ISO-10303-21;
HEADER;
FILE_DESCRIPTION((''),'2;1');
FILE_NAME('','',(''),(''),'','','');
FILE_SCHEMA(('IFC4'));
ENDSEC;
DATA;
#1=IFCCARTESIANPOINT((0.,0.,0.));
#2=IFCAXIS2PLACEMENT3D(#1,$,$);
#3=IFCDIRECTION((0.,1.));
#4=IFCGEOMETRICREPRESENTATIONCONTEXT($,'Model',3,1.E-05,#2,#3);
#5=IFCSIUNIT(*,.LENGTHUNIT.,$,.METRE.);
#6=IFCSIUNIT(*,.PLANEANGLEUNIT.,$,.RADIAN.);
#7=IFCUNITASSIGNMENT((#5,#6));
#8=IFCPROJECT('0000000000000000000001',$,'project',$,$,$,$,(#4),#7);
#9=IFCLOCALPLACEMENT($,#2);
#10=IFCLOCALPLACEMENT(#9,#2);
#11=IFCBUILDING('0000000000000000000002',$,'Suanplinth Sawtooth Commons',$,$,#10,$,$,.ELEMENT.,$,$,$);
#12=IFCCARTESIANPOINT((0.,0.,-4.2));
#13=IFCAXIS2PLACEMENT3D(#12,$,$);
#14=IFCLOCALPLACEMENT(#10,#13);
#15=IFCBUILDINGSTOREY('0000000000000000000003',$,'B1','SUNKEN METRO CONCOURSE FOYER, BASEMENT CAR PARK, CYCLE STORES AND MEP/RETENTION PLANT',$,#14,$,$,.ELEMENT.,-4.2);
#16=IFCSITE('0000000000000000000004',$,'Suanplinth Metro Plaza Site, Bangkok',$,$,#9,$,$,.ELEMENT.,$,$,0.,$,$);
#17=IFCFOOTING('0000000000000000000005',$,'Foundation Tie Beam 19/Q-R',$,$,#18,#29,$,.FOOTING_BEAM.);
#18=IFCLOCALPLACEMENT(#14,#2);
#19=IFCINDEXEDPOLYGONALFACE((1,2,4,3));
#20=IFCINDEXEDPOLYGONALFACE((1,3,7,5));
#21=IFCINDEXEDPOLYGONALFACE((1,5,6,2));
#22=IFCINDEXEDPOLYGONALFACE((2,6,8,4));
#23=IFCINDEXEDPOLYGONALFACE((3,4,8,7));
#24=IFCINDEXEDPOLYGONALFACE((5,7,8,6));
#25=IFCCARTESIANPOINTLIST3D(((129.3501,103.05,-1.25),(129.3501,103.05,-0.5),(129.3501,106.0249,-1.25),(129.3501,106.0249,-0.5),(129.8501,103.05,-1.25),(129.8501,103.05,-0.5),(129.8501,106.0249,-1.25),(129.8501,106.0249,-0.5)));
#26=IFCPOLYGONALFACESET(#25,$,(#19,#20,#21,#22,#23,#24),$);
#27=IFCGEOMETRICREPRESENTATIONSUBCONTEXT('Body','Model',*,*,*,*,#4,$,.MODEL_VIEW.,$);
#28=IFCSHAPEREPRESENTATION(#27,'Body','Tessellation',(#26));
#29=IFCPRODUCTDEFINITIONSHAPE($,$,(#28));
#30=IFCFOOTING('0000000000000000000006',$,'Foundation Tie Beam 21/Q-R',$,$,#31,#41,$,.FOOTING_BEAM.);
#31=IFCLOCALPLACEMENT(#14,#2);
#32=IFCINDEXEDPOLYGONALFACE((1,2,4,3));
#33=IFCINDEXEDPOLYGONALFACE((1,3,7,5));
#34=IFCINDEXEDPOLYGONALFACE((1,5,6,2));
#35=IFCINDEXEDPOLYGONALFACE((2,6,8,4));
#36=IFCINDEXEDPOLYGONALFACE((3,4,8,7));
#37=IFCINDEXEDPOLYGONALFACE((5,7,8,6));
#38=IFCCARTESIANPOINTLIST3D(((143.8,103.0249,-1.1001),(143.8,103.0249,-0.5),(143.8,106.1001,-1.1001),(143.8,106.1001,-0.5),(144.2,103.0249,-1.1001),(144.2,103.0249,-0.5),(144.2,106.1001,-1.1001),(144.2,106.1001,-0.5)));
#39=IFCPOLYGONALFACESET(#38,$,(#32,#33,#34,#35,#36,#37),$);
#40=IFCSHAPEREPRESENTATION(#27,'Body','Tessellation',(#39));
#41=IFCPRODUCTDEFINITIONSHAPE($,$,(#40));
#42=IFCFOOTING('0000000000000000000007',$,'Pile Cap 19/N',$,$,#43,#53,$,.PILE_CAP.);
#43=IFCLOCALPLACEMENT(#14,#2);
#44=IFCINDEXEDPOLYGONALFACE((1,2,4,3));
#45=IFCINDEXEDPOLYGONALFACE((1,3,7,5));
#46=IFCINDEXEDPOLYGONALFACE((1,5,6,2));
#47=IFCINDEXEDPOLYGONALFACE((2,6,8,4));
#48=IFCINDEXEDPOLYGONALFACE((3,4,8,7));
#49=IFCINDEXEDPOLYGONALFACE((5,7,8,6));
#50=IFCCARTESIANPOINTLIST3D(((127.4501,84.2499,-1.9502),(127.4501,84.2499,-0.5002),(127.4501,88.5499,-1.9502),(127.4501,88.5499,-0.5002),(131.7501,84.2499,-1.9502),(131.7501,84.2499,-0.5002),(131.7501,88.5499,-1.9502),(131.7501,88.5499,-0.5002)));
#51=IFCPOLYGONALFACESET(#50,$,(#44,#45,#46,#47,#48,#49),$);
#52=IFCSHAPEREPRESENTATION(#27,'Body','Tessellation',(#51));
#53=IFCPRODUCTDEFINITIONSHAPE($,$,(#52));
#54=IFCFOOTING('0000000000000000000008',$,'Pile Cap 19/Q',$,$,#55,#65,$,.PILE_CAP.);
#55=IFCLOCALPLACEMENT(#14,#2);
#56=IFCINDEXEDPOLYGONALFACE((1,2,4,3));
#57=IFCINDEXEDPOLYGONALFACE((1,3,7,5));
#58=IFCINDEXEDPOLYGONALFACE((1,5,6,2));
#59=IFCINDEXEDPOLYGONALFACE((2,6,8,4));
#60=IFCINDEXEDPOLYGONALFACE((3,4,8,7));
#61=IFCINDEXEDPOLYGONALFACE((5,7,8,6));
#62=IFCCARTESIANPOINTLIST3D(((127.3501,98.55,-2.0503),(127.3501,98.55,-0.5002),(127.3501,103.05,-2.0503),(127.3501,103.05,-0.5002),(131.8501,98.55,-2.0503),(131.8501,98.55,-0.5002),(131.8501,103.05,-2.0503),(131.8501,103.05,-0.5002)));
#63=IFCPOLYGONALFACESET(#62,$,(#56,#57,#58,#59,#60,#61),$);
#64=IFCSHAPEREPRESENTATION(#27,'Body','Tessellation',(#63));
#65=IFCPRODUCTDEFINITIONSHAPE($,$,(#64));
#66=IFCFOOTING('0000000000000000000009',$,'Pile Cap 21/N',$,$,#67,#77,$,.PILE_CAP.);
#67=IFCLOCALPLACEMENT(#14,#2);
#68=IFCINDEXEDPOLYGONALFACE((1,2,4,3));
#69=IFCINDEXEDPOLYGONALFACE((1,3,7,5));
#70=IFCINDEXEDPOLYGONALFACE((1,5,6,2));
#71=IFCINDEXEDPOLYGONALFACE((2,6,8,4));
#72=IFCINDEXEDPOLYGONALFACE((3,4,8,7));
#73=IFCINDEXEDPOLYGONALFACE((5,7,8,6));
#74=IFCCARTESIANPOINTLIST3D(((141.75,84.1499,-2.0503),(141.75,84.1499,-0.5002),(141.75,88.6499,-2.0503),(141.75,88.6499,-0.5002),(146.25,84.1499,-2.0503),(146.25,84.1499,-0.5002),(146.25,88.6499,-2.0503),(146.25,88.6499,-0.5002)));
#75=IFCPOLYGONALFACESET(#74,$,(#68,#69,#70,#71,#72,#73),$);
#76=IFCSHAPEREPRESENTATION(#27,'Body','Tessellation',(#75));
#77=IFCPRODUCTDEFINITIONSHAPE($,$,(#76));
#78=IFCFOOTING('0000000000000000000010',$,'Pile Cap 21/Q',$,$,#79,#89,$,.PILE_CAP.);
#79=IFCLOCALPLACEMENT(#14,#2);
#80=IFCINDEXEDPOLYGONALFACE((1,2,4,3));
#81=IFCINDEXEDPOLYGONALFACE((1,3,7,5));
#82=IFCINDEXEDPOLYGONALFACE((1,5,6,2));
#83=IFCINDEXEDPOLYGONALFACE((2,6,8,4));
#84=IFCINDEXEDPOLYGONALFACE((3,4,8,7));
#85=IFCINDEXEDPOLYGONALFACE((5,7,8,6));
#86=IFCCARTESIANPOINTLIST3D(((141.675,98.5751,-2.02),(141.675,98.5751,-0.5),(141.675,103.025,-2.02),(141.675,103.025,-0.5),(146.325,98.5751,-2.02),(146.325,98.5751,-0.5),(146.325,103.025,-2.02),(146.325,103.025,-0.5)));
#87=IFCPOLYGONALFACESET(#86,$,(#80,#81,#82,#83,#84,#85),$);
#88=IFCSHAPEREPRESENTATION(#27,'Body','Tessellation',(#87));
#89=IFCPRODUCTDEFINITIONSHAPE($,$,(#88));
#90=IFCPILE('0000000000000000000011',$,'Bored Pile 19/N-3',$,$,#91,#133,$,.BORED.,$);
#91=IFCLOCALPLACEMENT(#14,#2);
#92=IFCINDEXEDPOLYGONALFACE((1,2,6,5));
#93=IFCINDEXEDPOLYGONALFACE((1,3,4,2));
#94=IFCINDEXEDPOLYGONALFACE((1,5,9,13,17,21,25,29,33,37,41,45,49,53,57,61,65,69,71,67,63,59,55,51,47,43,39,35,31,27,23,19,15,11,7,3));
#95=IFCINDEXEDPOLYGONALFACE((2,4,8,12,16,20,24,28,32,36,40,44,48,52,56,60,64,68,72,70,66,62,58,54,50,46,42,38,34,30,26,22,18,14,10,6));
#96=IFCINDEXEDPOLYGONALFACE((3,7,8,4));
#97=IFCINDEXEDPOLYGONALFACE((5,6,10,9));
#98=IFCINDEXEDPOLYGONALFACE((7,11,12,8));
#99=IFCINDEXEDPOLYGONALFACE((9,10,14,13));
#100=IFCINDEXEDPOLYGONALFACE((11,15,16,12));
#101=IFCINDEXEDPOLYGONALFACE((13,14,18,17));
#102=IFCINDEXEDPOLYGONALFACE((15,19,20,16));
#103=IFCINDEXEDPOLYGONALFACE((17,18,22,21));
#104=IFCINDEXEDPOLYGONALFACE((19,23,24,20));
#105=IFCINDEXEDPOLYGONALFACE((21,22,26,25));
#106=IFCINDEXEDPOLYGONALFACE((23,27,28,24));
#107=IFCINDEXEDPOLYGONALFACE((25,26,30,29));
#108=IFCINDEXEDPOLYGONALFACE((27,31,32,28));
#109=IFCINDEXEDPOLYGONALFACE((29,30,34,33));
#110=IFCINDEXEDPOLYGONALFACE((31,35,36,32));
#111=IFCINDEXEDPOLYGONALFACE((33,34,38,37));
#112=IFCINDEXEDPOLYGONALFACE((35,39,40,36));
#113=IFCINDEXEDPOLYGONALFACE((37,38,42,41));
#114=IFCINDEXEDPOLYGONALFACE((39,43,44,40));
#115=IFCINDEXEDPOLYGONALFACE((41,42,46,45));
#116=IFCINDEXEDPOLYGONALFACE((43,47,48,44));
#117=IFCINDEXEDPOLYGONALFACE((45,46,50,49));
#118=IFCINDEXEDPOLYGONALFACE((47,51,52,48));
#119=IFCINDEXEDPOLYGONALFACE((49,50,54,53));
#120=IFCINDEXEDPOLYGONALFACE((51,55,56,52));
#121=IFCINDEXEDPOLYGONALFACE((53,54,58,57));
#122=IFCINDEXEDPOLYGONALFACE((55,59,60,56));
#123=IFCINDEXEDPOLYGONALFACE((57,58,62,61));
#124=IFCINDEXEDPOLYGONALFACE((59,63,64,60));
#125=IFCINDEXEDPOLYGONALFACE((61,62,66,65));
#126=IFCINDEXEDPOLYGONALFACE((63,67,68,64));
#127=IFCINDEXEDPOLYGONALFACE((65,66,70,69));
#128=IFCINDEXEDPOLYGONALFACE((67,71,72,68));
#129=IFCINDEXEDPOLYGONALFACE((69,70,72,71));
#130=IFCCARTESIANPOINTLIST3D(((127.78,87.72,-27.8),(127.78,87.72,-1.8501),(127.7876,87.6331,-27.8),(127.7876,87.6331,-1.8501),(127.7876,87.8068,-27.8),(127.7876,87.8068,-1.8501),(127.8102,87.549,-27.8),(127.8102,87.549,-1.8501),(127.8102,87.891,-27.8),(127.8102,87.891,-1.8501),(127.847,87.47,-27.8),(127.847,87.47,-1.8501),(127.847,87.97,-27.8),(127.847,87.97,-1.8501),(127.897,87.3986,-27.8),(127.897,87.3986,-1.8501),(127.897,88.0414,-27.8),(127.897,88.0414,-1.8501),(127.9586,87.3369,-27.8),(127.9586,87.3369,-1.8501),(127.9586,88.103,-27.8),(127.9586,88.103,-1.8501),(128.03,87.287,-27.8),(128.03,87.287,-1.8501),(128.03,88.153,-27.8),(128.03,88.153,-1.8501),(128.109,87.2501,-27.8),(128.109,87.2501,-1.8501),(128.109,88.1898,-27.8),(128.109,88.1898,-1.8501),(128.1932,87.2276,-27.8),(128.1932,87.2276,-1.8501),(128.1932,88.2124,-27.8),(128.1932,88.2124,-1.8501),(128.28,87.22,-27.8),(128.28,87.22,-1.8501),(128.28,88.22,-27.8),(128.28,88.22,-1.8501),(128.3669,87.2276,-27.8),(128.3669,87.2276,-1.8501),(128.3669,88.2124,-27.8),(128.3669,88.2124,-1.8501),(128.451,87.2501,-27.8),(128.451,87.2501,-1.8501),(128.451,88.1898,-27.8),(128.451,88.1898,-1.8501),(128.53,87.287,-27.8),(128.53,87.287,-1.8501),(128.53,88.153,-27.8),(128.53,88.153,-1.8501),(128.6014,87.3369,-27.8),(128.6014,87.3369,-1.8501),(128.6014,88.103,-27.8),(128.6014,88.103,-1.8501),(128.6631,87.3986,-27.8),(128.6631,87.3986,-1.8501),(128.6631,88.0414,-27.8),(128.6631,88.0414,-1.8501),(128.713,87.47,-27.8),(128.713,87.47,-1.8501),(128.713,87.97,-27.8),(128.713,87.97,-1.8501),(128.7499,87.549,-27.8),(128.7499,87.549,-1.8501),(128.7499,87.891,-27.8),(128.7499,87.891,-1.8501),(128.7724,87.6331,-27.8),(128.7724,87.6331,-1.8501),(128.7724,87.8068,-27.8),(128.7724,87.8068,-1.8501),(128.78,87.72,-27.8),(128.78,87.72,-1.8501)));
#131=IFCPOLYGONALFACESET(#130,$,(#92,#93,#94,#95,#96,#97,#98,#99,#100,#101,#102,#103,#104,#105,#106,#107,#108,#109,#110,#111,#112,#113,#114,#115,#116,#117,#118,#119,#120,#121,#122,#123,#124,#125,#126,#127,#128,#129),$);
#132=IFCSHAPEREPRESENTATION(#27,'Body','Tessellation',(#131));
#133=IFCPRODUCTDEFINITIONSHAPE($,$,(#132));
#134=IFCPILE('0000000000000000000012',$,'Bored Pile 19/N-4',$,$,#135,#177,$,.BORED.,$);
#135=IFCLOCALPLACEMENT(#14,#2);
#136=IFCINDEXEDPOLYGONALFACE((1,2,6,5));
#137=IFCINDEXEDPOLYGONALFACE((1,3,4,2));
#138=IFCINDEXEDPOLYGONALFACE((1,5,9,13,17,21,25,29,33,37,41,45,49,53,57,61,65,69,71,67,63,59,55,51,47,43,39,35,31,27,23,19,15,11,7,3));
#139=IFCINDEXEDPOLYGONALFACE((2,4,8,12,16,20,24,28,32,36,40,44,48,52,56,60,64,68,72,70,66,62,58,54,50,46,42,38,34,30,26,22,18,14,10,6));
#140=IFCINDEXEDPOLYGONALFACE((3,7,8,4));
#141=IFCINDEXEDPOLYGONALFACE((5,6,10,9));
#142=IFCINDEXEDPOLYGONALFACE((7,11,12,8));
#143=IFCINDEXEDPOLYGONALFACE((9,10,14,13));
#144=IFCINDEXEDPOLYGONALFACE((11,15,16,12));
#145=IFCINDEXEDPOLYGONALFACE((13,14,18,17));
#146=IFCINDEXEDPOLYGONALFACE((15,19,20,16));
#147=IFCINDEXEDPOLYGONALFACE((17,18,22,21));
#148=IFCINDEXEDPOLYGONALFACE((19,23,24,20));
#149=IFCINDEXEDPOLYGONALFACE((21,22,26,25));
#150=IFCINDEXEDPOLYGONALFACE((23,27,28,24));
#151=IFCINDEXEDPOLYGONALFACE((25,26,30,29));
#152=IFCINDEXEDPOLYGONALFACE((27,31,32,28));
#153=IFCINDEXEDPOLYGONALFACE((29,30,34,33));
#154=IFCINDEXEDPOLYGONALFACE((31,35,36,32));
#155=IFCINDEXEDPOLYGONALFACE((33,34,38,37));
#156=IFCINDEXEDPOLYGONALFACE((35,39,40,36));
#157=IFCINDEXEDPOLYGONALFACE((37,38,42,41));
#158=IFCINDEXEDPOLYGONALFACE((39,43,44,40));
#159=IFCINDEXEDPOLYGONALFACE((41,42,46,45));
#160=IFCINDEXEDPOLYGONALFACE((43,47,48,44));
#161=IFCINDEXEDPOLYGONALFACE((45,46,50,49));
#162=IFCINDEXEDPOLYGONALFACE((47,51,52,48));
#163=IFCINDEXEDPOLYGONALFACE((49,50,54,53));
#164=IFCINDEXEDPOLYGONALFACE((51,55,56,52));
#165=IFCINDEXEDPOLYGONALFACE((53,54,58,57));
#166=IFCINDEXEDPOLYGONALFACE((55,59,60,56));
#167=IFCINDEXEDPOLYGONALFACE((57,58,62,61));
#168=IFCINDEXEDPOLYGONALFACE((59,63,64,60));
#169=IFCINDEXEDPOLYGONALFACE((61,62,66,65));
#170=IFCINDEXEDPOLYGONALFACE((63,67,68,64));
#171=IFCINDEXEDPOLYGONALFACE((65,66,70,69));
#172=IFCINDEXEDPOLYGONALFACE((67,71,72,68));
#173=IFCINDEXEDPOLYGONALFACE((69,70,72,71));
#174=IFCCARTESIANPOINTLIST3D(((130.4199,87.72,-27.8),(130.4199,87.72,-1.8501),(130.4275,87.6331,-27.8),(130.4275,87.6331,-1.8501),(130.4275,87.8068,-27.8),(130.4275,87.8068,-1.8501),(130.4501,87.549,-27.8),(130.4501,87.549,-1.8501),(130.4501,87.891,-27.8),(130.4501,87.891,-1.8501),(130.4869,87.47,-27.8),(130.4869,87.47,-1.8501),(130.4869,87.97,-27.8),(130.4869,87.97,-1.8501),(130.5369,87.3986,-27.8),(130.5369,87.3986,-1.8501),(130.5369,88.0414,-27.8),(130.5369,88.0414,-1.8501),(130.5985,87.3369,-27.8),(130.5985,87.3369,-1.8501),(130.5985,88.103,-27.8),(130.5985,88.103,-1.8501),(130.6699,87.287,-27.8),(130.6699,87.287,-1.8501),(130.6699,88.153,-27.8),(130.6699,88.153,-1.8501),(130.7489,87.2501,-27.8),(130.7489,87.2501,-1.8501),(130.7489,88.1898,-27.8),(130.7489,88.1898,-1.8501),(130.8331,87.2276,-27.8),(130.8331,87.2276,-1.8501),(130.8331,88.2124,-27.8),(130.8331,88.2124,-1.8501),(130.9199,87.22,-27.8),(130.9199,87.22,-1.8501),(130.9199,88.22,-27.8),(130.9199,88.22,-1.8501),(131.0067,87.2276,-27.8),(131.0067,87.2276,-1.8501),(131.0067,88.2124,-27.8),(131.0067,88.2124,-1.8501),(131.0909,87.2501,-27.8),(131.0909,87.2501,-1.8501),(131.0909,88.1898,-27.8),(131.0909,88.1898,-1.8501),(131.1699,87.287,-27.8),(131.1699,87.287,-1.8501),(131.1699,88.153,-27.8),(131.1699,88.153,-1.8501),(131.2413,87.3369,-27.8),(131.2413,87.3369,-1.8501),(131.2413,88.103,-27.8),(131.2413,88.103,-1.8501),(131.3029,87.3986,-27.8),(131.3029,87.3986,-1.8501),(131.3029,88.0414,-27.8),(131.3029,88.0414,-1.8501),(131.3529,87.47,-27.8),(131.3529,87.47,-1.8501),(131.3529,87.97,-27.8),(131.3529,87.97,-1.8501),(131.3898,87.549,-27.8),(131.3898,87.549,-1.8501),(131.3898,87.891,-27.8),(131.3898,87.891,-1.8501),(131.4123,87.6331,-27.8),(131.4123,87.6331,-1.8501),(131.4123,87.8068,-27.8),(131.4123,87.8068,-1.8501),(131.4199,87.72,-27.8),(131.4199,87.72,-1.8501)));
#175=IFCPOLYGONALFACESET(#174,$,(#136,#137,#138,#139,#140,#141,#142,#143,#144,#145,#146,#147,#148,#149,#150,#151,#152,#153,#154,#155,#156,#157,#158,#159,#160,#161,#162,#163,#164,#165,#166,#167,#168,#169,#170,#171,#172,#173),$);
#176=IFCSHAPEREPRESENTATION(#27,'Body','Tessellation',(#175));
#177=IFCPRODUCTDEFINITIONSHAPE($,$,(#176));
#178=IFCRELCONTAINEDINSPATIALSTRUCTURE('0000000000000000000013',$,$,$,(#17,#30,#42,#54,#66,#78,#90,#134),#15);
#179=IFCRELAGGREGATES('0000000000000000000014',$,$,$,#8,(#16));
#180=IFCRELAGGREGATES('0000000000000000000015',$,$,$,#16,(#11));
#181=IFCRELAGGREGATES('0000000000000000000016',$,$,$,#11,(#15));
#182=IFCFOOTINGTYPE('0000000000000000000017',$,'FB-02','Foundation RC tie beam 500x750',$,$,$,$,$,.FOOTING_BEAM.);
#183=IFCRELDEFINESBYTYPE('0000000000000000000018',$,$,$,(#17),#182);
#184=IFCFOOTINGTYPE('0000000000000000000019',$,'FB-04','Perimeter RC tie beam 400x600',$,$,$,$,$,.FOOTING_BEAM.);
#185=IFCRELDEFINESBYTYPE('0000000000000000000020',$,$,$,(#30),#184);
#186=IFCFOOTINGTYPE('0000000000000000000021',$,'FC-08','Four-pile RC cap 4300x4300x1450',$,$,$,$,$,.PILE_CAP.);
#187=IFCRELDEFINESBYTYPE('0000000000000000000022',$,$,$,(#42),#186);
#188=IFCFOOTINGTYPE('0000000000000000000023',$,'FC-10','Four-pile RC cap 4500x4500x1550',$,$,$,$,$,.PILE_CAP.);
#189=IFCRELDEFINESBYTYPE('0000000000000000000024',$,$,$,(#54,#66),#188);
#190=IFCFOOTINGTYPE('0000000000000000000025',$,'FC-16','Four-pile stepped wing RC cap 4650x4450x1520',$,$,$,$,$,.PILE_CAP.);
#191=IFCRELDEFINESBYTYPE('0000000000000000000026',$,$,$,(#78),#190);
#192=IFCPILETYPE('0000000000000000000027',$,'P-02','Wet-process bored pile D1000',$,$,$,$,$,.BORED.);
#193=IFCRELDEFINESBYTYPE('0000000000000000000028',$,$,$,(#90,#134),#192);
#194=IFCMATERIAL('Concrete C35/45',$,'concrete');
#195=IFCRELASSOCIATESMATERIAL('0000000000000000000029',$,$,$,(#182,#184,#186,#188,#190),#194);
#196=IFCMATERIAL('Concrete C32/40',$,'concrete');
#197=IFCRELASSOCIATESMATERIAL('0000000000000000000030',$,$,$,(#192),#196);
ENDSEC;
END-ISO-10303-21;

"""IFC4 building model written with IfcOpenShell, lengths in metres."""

from ifc_helpers import new_model, si_unit, direction, frame, origin, origin_2d, place, context, subcontext, project, spatial, rectangle, circle, extrude, material, material_profile, profile_set, type_object, element, save


model = new_model("IFC4")

# Units and contexts
model_context = context("Model", 3, precision=1e-05, world=origin(), true_north=direction((0.0, 1.0)))
body_context = subcontext(model_context, "Body", "Model", "MODEL_VIEW")
ifc_project = project(units=[si_unit("LENGTHUNIT", "METRE"), si_unit("PLANEANGLEUNIT", "RADIAN")], contexts=[model_context])

# Site, building, storey
site_placement = place(None, origin())
site = spatial("IfcSite", under=ifc_project, at=site_placement, Name="Suanplinth Metro Plaza Site, Bangkok", CompositionType="ELEMENT", RefElevation=0.0)
building_placement = place(site_placement, origin())
building = spatial("IfcBuilding", under=site, at=building_placement, Name="Suanplinth Sawtooth Commons", CompositionType="ELEMENT")
storey_placement = place(building_placement, frame((0.0, 0.0, -4.2)))
storey = spatial("IfcBuildingStorey", under=building, at=storey_placement, Name="B1", Description="SUNKEN METRO CONCOURSE FOYER, BASEMENT CAR PARK, CYCLE STORES AND MEP/RETENTION PLANT", CompositionType="ELEMENT", Elevation=-4.2)

# Footings
ifc_material_1 = material(Name="Concrete C35/45", Category="concrete")
ifc_material_profile_1 = material_profile(ifc_material_1, rectangle(XDim=0.5, YDim=0.75, at=origin_2d()), Name="RC-GDR 500x750")
ifc_profile_set_1 = profile_set([ifc_material_profile_1], Name="Concrete C35/45")
footing_type_1 = type_object("IfcFootingType", Name="FB-02", Description="Foundation RC tie beam 500x750", PredefinedType="FOOTING_BEAM", material=ifc_profile_set_1)
footing_1_placement = place(storey_placement, frame((129.6001, 103.05, -0.875), z_axis=(0.0, 1.0, 0.0), x_axis=(-1.0, 0.0, 0.0)))
element("IfcFooting", 1, at=footing_1_placement, inside=storey, type_object=footing_type_1, Name="Foundation Tie Beam 19/Q-R", PredefinedType="FOOTING_BEAM", context=body_context, shape_type="SweptSolid", body=[
    extrude(rectangle(XDim=0.5, YDim=0.75, at=origin_2d()), origin(), (0.0, 0.0, 1.0), 2.9749),
])
ifc_material_profile_2 = material_profile(ifc_material_1, rectangle(XDim=0.3999, YDim=0.6001, at=origin_2d()), Name="PC-GDR 400x600")
ifc_profile_set_2 = profile_set([ifc_material_profile_2], Name="Concrete C35/45")
footing_type_2 = type_object("IfcFootingType", Name="FB-04", Description="Perimeter RC tie beam 400x600", PredefinedType="FOOTING_BEAM", material=ifc_profile_set_2)
footing_2_placement = place(storey_placement, frame((144.0, 103.0249, -0.8), z_axis=(0.0, 1.0, 0.0), x_axis=(-1.0, 0.0, 0.0)))
element("IfcFooting", 2, at=footing_2_placement, inside=storey, type_object=footing_type_2, Name="Foundation Tie Beam 21/Q-R", PredefinedType="FOOTING_BEAM", context=body_context, shape_type="SweptSolid", body=[
    extrude(rectangle(XDim=0.3999, YDim=0.6001, at=origin_2d()), origin(), (0.0, 0.0, 1.0), 3.0752),
])
footing_type_3 = type_object("IfcFootingType", Name="FC-08", Description="Four-pile RC cap 4300x4300x1450", PredefinedType="PILE_CAP", material=ifc_material_1)
footing_3_placement = place(storey_placement, frame((129.6001, 86.3999, -1.9502), z_axis=(0.0, 0.0, 1.0), x_axis=(1.0, 0.0, 0.0)))
element("IfcFooting", 3, at=footing_3_placement, inside=storey, type_object=footing_type_3, Name="Pile Cap 19/N", PredefinedType="PILE_CAP", context=body_context, shape_type="SweptSolid", body=[
    extrude(rectangle(XDim=4.3, YDim=4.3, at=origin_2d()), origin(), (0.0, 0.0, 1.0), 1.45),
])
footing_type_4 = type_object("IfcFootingType", Name="FC-10", Description="Four-pile RC cap 4500x4500x1550", PredefinedType="PILE_CAP", material=ifc_material_1)
for number, where, z_axis, x_axis, name in (
    (4, (129.6001, 100.8, -2.0503), (0.0, 0.0, 1.0), (1.0, 0.0, 0.0), "Pile Cap 19/Q"),
    (5, (144.0, 86.3999, -2.0503), (0.0, 0.0, 1.0), (1.0, 0.0, 0.0), "Pile Cap 21/N"),
):
    element("IfcFooting", number, at=place(storey_placement, frame(where, z_axis=z_axis, x_axis=x_axis)), inside=storey, type_object=footing_type_4, Name=name, PredefinedType="PILE_CAP", context=body_context, shape_type="SweptSolid", body=[
        extrude(rectangle(XDim=4.5, YDim=4.5, at=origin_2d()), origin(), (0.0, 0.0, 1.0), 1.55),
    ])
footing_type_5 = type_object("IfcFootingType", Name="FC-16", Description="Four-pile stepped wing RC cap 4650x4450x1520", PredefinedType="PILE_CAP", material=ifc_material_1)
footing_4_placement = place(storey_placement, frame((144.0, 100.8, -2.02), z_axis=(0.0, 0.0, 1.0), x_axis=(1.0, 0.0, 0.0)))
element("IfcFooting", 6, at=footing_4_placement, inside=storey, type_object=footing_type_5, Name="Pile Cap 21/Q", PredefinedType="PILE_CAP", context=body_context, shape_type="SweptSolid", body=[
    extrude(rectangle(XDim=4.6499, YDim=4.45, at=origin_2d()), origin(), (0.0, 0.0, 1.0), 1.52),
])

# Piles
ifc_material_2 = material(Name="Concrete C32/40", Category="concrete")
ifc_material_profile_3 = material_profile(ifc_material_2, circle(Radius=0.5, at=origin_2d()), Name="PILE D1000")
ifc_profile_set_3 = profile_set([ifc_material_profile_3], Name="Concrete C32/40")
pile_type = type_object("IfcPileType", Name="P-02", Description="Wet-process bored pile D1000", PredefinedType="BORED", material=ifc_profile_set_3)
for number, where, z_axis, x_axis, name in (
    (7, (128.28, 87.72, -1.8501), (0.0, 0.0, -1.0), (1.0, 0.0, 0.0), "Bored Pile 19/N-3"),
    (8, (130.9199, 87.72, -1.8501), (0.0, 0.0, -1.0), (1.0, 0.0, 0.0), "Bored Pile 19/N-4"),
):
    element("IfcPile", number, at=place(storey_placement, frame(where, z_axis=z_axis, x_axis=x_axis)), inside=storey, type_object=pile_type, Name=name, PredefinedType="BORED", context=body_context, shape_type="SweptSolid", body=[
        extrude(circle(Radius=0.5, at=origin_2d()), origin(), (0.0, 0.0, 1.0), 25.95),
    ])

save(model, "model.ifc")
